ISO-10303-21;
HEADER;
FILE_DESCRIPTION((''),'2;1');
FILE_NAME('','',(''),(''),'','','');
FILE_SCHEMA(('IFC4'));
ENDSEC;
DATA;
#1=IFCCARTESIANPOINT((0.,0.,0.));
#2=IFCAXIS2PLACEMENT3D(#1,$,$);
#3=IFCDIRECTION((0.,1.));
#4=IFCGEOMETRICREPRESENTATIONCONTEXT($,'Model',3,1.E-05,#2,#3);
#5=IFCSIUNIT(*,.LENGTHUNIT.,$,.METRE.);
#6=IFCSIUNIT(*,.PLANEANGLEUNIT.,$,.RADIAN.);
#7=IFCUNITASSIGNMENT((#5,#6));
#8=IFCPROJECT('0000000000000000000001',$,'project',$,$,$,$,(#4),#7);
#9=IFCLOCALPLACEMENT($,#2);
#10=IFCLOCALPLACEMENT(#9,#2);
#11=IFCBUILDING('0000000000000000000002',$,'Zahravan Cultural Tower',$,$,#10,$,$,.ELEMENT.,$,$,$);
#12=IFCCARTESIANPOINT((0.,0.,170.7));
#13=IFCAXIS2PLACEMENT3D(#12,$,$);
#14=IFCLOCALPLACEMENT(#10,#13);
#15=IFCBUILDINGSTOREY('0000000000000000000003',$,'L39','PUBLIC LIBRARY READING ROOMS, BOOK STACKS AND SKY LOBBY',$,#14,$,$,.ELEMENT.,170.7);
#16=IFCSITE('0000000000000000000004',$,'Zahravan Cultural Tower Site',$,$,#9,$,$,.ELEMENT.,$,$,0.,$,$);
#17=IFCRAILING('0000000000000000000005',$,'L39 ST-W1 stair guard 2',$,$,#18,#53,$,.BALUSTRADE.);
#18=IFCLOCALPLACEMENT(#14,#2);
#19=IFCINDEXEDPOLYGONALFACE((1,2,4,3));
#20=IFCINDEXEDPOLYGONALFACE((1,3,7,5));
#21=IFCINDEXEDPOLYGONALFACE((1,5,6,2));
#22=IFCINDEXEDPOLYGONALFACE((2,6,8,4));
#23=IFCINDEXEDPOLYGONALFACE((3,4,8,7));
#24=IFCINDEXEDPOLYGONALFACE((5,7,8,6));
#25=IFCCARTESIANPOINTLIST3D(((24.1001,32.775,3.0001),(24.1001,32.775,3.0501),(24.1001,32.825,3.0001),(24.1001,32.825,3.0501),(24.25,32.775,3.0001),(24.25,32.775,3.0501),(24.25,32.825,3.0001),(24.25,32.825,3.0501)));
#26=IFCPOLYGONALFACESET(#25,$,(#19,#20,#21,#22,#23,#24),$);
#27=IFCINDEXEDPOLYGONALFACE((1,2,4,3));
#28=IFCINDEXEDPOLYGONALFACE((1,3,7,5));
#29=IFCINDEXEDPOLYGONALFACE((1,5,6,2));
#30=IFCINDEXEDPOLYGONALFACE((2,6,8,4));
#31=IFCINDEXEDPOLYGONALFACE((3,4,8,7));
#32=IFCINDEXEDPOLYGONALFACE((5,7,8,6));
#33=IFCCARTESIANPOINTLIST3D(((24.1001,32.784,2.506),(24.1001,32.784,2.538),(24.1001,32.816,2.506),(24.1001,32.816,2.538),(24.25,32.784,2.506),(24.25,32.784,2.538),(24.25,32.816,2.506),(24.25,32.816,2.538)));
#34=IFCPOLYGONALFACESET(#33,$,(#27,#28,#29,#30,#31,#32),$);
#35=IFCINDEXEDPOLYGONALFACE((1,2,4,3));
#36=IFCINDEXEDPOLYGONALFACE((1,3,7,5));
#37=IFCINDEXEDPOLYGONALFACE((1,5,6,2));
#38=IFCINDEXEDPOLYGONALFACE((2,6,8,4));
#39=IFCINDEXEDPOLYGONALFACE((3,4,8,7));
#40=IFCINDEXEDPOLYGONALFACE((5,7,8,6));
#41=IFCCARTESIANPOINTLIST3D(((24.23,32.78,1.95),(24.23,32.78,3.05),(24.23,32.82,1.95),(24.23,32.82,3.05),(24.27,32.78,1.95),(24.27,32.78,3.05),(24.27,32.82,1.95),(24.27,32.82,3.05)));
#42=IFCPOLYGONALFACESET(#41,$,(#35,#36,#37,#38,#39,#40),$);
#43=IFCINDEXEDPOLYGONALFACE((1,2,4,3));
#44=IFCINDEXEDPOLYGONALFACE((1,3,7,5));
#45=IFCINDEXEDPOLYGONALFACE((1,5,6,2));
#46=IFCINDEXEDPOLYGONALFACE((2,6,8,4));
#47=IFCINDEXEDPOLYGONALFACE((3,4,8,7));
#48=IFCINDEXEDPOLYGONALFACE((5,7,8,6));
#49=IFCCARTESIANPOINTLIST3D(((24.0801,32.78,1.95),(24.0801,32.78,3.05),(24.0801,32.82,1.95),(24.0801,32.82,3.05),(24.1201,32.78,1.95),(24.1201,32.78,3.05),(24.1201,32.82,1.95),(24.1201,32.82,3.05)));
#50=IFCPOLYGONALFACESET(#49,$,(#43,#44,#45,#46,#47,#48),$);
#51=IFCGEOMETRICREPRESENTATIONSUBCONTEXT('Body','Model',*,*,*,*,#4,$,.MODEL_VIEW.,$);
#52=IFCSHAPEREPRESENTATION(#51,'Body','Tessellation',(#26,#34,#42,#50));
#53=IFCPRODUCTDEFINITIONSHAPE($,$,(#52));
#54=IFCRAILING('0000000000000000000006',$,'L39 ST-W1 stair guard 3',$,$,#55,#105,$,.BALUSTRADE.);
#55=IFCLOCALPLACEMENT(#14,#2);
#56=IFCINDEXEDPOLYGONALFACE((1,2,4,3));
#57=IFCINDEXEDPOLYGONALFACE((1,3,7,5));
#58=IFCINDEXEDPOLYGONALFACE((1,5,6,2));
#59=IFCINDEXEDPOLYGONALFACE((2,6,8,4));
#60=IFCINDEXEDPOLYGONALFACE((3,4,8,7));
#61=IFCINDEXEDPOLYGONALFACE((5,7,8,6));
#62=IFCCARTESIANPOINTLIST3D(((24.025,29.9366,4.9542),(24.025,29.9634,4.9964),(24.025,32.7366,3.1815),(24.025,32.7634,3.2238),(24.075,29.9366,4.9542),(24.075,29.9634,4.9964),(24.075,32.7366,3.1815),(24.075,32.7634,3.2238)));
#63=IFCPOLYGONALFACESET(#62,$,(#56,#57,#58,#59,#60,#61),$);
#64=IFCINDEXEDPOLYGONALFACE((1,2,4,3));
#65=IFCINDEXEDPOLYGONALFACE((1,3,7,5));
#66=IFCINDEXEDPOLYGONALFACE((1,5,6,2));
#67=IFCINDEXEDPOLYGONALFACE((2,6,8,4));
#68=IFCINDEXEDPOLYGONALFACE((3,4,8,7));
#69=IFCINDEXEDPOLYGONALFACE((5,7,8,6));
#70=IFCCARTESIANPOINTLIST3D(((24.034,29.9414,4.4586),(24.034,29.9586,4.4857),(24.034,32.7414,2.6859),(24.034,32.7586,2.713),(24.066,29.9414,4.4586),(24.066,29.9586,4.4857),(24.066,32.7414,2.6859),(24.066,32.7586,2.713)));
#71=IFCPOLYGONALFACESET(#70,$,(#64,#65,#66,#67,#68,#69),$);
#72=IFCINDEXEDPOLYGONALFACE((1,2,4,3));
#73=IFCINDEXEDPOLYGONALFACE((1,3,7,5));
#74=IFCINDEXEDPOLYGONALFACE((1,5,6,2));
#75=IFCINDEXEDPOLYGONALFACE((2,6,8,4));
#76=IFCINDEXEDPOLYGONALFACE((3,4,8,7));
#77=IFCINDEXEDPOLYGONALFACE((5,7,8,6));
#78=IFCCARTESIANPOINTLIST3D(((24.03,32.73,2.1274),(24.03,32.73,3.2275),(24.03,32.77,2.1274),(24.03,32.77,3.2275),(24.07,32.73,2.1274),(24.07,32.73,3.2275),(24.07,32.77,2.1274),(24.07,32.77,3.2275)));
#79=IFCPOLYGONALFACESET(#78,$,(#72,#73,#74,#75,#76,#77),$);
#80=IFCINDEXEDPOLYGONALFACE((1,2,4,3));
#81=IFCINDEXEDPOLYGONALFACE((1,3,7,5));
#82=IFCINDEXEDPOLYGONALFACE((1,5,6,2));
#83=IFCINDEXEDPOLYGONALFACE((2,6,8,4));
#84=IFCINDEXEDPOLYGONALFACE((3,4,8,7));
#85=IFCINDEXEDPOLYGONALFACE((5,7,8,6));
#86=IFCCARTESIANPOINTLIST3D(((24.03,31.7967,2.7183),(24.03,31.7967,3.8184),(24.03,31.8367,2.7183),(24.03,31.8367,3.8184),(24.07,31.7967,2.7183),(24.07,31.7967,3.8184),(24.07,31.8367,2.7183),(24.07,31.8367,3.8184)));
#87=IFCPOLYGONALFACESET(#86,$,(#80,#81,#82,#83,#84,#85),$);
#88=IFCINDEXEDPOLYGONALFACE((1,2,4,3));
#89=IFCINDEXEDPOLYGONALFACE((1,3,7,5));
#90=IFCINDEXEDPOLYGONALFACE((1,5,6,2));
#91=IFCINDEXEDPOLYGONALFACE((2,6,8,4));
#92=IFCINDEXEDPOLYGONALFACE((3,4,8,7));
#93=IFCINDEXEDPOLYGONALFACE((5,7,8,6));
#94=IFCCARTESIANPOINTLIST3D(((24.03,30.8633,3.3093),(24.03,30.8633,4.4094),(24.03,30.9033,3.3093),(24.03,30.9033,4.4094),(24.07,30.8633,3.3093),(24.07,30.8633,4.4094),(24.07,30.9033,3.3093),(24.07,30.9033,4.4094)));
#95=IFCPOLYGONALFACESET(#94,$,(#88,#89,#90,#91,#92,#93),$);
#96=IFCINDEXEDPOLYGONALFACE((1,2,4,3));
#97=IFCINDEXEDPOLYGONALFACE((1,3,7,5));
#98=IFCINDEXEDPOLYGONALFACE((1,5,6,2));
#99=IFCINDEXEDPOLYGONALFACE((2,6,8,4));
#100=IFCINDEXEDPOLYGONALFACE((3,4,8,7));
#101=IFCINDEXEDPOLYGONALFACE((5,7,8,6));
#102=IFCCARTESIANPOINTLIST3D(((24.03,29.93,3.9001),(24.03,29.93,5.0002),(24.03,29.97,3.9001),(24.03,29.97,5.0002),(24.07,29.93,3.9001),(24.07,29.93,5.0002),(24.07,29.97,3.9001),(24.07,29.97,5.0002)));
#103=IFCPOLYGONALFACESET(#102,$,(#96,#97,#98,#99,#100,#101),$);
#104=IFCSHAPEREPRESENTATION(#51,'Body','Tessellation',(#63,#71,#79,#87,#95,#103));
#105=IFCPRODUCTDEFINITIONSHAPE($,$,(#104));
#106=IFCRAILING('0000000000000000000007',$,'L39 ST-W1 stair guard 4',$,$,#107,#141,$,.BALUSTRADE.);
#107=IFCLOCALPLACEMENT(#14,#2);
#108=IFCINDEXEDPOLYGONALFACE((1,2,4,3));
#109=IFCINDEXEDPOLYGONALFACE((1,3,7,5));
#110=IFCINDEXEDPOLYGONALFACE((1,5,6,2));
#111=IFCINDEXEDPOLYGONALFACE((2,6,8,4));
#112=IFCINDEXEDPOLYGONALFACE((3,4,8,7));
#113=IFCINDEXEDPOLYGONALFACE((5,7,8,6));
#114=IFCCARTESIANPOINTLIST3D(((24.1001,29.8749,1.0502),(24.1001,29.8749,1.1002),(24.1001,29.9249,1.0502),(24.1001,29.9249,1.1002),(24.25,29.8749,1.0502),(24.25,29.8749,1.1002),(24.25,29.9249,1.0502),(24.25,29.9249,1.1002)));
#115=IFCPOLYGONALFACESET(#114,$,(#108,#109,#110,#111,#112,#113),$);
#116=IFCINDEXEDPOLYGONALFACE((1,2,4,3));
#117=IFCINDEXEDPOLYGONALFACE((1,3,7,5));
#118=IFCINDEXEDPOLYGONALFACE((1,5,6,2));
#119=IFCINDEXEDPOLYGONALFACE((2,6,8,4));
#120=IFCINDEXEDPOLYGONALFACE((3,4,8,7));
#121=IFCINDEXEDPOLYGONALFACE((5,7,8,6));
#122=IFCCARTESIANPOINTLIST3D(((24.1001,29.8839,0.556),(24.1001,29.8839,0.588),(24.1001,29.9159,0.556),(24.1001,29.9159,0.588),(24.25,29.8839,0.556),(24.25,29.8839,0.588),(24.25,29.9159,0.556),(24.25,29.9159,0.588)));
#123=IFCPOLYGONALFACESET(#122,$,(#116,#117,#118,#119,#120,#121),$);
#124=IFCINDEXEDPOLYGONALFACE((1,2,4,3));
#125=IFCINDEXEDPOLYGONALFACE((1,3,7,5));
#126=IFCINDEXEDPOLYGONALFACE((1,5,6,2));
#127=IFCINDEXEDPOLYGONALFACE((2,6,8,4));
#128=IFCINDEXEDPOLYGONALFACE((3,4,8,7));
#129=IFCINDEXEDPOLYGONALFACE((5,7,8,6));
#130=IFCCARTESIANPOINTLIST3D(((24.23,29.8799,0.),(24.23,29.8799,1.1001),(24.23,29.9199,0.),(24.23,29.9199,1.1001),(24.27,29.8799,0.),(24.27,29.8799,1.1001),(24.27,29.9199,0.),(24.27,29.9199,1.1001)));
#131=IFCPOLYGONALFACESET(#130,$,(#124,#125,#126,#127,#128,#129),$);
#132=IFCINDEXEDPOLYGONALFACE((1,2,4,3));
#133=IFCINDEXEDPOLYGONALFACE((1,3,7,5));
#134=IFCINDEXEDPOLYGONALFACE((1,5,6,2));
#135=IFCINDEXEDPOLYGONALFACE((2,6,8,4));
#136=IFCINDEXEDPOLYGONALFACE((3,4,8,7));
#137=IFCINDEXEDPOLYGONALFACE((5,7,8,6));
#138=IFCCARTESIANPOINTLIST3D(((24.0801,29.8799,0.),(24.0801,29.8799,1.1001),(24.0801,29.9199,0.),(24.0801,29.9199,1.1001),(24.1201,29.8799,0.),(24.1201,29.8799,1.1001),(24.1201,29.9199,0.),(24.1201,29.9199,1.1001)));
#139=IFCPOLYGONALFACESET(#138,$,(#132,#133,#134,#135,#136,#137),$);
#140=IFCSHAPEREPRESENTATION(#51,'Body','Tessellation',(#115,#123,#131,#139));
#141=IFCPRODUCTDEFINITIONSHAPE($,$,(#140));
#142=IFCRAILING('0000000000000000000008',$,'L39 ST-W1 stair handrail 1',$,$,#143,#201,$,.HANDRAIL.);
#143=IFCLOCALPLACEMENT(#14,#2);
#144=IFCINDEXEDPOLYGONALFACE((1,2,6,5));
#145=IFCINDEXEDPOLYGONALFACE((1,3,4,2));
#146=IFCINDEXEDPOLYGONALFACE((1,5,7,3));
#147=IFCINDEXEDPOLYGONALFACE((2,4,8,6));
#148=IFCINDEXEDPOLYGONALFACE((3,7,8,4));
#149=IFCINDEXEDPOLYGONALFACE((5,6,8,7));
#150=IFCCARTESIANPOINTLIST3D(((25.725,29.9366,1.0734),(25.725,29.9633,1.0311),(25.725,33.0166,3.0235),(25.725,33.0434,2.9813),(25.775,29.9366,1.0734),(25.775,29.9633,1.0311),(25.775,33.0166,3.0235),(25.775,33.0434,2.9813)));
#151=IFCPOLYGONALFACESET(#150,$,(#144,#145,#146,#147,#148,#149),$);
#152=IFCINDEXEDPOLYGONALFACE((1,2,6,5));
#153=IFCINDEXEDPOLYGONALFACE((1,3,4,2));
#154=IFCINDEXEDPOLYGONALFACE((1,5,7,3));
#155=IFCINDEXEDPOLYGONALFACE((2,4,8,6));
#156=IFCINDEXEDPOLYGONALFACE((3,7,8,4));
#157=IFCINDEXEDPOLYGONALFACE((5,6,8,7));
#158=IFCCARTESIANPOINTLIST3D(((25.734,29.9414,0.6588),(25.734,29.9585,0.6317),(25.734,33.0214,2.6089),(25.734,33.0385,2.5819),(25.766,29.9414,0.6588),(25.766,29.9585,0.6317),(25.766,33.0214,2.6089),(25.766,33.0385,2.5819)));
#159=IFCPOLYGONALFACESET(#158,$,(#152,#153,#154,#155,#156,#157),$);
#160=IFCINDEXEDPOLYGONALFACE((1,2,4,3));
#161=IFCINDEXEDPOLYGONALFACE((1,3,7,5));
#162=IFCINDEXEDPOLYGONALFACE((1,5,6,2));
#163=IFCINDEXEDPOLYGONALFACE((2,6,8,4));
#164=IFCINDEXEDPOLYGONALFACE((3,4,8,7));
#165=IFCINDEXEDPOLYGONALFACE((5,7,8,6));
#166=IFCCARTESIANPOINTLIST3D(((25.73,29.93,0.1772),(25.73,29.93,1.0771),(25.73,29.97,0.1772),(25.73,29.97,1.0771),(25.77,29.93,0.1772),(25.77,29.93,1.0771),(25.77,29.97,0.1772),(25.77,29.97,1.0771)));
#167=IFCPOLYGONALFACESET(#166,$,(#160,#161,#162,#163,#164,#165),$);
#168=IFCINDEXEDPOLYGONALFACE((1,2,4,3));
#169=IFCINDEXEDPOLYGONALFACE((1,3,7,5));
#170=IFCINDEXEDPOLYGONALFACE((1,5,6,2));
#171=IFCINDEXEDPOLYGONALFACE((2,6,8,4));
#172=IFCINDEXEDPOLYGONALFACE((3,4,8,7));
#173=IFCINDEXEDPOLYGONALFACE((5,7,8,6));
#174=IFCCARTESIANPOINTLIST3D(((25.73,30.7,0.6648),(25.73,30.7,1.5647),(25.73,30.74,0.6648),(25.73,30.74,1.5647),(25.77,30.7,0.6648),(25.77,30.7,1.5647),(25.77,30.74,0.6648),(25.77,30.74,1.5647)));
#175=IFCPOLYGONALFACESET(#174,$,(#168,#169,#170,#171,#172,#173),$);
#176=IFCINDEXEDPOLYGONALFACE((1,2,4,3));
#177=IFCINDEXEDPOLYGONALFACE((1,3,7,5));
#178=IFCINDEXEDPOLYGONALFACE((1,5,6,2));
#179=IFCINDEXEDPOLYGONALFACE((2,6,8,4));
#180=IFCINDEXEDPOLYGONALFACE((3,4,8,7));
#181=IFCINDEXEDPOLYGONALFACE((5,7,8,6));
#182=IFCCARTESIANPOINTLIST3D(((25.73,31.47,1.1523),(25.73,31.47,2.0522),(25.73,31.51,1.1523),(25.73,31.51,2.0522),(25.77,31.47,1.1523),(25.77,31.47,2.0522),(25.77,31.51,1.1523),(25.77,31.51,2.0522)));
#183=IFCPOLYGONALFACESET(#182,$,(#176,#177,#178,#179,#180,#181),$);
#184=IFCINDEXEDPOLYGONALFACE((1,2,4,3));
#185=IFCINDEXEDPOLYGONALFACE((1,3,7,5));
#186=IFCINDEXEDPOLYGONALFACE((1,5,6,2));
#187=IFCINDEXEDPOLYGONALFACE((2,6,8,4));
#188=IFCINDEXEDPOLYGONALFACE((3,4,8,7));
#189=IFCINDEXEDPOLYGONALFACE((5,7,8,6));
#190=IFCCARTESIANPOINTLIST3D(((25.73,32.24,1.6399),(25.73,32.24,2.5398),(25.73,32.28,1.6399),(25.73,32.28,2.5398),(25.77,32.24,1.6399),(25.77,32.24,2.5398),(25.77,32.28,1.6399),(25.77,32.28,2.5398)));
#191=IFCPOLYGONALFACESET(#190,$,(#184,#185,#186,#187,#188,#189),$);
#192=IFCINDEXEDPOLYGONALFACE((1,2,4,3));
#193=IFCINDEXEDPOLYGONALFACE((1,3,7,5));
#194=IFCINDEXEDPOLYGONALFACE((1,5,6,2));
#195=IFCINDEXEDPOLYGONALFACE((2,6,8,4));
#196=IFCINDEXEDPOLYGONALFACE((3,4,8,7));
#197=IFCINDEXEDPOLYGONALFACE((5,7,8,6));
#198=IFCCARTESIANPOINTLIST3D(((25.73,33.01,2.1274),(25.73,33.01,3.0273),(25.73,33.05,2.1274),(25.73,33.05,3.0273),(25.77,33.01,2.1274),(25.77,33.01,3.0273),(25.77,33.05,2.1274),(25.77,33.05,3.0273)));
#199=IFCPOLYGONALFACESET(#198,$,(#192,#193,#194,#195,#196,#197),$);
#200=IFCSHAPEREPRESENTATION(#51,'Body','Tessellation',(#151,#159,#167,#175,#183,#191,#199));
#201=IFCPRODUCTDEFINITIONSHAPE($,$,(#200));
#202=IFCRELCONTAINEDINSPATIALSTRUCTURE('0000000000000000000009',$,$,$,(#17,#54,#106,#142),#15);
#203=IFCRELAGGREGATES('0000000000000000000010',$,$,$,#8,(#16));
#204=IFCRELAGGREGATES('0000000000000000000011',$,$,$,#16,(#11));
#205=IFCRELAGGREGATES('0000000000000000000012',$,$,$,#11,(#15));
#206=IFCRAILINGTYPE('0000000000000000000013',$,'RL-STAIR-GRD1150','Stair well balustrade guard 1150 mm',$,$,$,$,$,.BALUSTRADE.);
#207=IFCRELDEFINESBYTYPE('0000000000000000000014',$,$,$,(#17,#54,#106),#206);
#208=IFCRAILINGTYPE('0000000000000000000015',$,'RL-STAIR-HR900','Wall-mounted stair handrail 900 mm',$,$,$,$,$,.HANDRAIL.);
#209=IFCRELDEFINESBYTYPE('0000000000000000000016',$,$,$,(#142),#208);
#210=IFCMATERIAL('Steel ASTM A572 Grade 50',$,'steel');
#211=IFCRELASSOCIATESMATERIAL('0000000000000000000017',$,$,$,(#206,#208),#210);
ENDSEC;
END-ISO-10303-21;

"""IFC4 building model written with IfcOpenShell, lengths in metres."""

from ifc_helpers import new_model, si_unit, direction, frame, origin, origin_2d, place, context, subcontext, project, spatial, rectangle, extrude, material, type_object, element, save


model = new_model("IFC4")

# Units and contexts
model_context = context("Model", 3, precision=1e-05, world=origin(), true_north=direction((0.0, 1.0)))
body_context = subcontext(model_context, "Body", "Model", "MODEL_VIEW")
ifc_project = project(units=[si_unit("LENGTHUNIT", "METRE"), si_unit("PLANEANGLEUNIT", "RADIAN")], contexts=[model_context])

# Site, building, storey
site_placement = place(None, origin())
site = spatial("IfcSite", under=ifc_project, at=site_placement, Name="Zahravan Cultural Tower Site", CompositionType="ELEMENT", RefElevation=0.0)
building_placement = place(site_placement, origin())
building = spatial("IfcBuilding", under=site, at=building_placement, Name="Zahravan Cultural Tower", CompositionType="ELEMENT")
storey_placement = place(building_placement, frame((0.0, 0.0, 170.7)))
storey = spatial("IfcBuildingStorey", under=building, at=storey_placement, Name="L39", Description="PUBLIC LIBRARY READING ROOMS, BOOK STACKS AND SKY LOBBY", CompositionType="ELEMENT", Elevation=170.7)

# Railings
ifc_material_1 = material(Name="Steel ASTM A572 Grade 50", Category="steel")
railing_type_1 = type_object("IfcRailingType", Name="RL-STAIR-GRD1150", Description="Stair well balustrade guard 1150 mm", PredefinedType="BALUSTRADE", material=ifc_material_1)
railing_1_placement = place(storey_placement, frame((24.25, 32.8, 1.95)))
element("IfcRailing", 1, at=railing_1_placement, inside=storey, type_object=railing_type_1, Name="L39 ST-W1 stair guard 2", PredefinedType="BALUSTRADE", context=body_context, shape_type="SweptSolid", body=[
    extrude(rectangle(XDim=0.05, YDim=0.05, at=origin_2d()), frame((0.0, 0.0, 1.0752), z_axis=(-1.0, 0.0, 0.0), x_axis=(0.0, -1.0, 0.0)), (0.0, 0.0, 1.0), 0.1499),
    extrude(rectangle(XDim=0.032, YDim=0.032, at=origin_2d()), frame((0.0, 0.0, 0.572), z_axis=(-1.0, 0.0, 0.0), x_axis=(0.0, -1.0, 0.0)), (0.0, 0.0, 1.0), 0.1499),
    extrude(rectangle(XDim=0.04, YDim=0.04, at=origin_2d()), origin(), (0.0, 0.0, 1.0), 1.1001),
    extrude(rectangle(XDim=0.04, YDim=0.04, at=origin_2d()), frame((-0.1499, 0.0, 0.0)), (0.0, 0.0, 1.0), 1.1001),
])
railing_2_placement = place(storey_placement, frame((24.05, 32.75, 2.1274)))
element("IfcRailing", 2, at=railing_2_placement, inside=storey, type_object=railing_type_1, Name="L39 ST-W1 stair guard 3", PredefinedType="BALUSTRADE", context=body_context, shape_type="SweptSolid", body=[
    extrude(rectangle(XDim=0.05, YDim=0.05, at=origin_2d()), frame((0.0, 0.0, 1.0752), z_axis=(0.0, -0.844909, 0.53491), x_axis=(1.0, 0.0, 0.0)), (0.0, 0.0, 1.0), 3.314),
    extrude(rectangle(XDim=0.032, YDim=0.032, at=origin_2d()), frame((0.0, 0.0, 0.572), z_axis=(0.0, -0.844909, 0.53491), x_axis=(1.0, 0.0, 0.0)), (0.0, 0.0, 1.0), 3.314),
    extrude(rectangle(XDim=0.04, YDim=0.04, at=origin_2d()), origin(), (0.0, 0.0, 1.0), 1.1001),
    extrude(rectangle(XDim=0.04, YDim=0.04, at=origin_2d()), frame((0.0, -0.9333, 0.5908)), (0.0, 0.0, 1.0), 1.1001),
    extrude(rectangle(XDim=0.04, YDim=0.04, at=origin_2d()), frame((0.0, -1.8667, 1.1819)), (0.0, 0.0, 1.0), 1.1001),
    extrude(rectangle(XDim=0.04, YDim=0.04, at=origin_2d()), frame((0.0, -2.8, 1.7727)), (0.0, 0.0, 1.0), 1.1001),
])
railing_3_placement = place(storey_placement, frame((24.25, 29.8999, 0.0)))
element("IfcRailing", 3, at=railing_3_placement, inside=storey, type_object=railing_type_1, Name="L39 ST-W1 stair guard 4", PredefinedType="BALUSTRADE", context=body_context, shape_type="SweptSolid", body=[
    extrude(rectangle(XDim=0.05, YDim=0.05, at=origin_2d()), frame((0.0, 0.0, 1.0752), z_axis=(-1.0, 0.0, 0.0), x_axis=(0.0, -1.0, 0.0)), (0.0, 0.0, 1.0), 0.1499),
    extrude(rectangle(XDim=0.032, YDim=0.032, at=origin_2d()), frame((0.0, 0.0, 0.572), z_axis=(-1.0, 0.0, 0.0), x_axis=(0.0, -1.0, 0.0)), (0.0, 0.0, 1.0), 0.1499),
    extrude(rectangle(XDim=0.04, YDim=0.04, at=origin_2d()), origin(), (0.0, 0.0, 1.0), 1.1001),
    extrude(rectangle(XDim=0.04, YDim=0.04, at=origin_2d()), frame((-0.1499, 0.0, 0.0)), (0.0, 0.0, 1.0), 1.1001),
])
railing_type_2 = type_object("IfcRailingType", Name="RL-STAIR-HR900", Description="Wall-mounted stair handrail 900 mm", PredefinedType="HANDRAIL", material=ifc_material_1)
railing_4_placement = place(storey_placement, frame((25.75, 29.95, 0.1772)))
element("IfcRailing", 4, at=railing_4_placement, inside=storey, type_object=railing_type_2, Name="L39 ST-W1 stair handrail 1", PredefinedType="HANDRAIL", context=body_context, shape_type="SweptSolid", body=[
    extrude(rectangle(XDim=0.05, YDim=0.05, at=origin_2d()), frame((0.0, 0.0, 0.875), z_axis=(0.0, 0.844884, 0.53495), x_axis=(-1.0, 0.0, 0.0)), (0.0, 0.0, 1.0), 3.6455),
    extrude(rectangle(XDim=0.032, YDim=0.032, at=origin_2d()), frame((0.0, 0.0, 0.468), z_axis=(0.0, 0.844884, 0.53495), x_axis=(-1.0, 0.0, 0.0)), (0.0, 0.0, 1.0), 3.6455),
    extrude(rectangle(XDim=0.04, YDim=0.04, at=origin_2d()), origin(), (0.0, 0.0, 1.0), 0.8999),
    extrude(rectangle(XDim=0.04, YDim=0.04, at=origin_2d()), frame((0.0, 0.77, 0.4875)), (0.0, 0.0, 1.0), 0.8999),
    extrude(rectangle(XDim=0.04, YDim=0.04, at=origin_2d()), frame((0.0, 1.54, 0.9751)), (0.0, 0.0, 1.0), 0.8999),
    extrude(rectangle(XDim=0.04, YDim=0.04, at=origin_2d()), frame((0.0, 2.3101, 1.4626)), (0.0, 0.0, 1.0), 0.8999),
    extrude(rectangle(XDim=0.04, YDim=0.04, at=origin_2d()), frame((0.0, 3.0801, 1.9502)), (0.0, 0.0, 1.0), 0.8999),
])

save(model, "model.ifc")
